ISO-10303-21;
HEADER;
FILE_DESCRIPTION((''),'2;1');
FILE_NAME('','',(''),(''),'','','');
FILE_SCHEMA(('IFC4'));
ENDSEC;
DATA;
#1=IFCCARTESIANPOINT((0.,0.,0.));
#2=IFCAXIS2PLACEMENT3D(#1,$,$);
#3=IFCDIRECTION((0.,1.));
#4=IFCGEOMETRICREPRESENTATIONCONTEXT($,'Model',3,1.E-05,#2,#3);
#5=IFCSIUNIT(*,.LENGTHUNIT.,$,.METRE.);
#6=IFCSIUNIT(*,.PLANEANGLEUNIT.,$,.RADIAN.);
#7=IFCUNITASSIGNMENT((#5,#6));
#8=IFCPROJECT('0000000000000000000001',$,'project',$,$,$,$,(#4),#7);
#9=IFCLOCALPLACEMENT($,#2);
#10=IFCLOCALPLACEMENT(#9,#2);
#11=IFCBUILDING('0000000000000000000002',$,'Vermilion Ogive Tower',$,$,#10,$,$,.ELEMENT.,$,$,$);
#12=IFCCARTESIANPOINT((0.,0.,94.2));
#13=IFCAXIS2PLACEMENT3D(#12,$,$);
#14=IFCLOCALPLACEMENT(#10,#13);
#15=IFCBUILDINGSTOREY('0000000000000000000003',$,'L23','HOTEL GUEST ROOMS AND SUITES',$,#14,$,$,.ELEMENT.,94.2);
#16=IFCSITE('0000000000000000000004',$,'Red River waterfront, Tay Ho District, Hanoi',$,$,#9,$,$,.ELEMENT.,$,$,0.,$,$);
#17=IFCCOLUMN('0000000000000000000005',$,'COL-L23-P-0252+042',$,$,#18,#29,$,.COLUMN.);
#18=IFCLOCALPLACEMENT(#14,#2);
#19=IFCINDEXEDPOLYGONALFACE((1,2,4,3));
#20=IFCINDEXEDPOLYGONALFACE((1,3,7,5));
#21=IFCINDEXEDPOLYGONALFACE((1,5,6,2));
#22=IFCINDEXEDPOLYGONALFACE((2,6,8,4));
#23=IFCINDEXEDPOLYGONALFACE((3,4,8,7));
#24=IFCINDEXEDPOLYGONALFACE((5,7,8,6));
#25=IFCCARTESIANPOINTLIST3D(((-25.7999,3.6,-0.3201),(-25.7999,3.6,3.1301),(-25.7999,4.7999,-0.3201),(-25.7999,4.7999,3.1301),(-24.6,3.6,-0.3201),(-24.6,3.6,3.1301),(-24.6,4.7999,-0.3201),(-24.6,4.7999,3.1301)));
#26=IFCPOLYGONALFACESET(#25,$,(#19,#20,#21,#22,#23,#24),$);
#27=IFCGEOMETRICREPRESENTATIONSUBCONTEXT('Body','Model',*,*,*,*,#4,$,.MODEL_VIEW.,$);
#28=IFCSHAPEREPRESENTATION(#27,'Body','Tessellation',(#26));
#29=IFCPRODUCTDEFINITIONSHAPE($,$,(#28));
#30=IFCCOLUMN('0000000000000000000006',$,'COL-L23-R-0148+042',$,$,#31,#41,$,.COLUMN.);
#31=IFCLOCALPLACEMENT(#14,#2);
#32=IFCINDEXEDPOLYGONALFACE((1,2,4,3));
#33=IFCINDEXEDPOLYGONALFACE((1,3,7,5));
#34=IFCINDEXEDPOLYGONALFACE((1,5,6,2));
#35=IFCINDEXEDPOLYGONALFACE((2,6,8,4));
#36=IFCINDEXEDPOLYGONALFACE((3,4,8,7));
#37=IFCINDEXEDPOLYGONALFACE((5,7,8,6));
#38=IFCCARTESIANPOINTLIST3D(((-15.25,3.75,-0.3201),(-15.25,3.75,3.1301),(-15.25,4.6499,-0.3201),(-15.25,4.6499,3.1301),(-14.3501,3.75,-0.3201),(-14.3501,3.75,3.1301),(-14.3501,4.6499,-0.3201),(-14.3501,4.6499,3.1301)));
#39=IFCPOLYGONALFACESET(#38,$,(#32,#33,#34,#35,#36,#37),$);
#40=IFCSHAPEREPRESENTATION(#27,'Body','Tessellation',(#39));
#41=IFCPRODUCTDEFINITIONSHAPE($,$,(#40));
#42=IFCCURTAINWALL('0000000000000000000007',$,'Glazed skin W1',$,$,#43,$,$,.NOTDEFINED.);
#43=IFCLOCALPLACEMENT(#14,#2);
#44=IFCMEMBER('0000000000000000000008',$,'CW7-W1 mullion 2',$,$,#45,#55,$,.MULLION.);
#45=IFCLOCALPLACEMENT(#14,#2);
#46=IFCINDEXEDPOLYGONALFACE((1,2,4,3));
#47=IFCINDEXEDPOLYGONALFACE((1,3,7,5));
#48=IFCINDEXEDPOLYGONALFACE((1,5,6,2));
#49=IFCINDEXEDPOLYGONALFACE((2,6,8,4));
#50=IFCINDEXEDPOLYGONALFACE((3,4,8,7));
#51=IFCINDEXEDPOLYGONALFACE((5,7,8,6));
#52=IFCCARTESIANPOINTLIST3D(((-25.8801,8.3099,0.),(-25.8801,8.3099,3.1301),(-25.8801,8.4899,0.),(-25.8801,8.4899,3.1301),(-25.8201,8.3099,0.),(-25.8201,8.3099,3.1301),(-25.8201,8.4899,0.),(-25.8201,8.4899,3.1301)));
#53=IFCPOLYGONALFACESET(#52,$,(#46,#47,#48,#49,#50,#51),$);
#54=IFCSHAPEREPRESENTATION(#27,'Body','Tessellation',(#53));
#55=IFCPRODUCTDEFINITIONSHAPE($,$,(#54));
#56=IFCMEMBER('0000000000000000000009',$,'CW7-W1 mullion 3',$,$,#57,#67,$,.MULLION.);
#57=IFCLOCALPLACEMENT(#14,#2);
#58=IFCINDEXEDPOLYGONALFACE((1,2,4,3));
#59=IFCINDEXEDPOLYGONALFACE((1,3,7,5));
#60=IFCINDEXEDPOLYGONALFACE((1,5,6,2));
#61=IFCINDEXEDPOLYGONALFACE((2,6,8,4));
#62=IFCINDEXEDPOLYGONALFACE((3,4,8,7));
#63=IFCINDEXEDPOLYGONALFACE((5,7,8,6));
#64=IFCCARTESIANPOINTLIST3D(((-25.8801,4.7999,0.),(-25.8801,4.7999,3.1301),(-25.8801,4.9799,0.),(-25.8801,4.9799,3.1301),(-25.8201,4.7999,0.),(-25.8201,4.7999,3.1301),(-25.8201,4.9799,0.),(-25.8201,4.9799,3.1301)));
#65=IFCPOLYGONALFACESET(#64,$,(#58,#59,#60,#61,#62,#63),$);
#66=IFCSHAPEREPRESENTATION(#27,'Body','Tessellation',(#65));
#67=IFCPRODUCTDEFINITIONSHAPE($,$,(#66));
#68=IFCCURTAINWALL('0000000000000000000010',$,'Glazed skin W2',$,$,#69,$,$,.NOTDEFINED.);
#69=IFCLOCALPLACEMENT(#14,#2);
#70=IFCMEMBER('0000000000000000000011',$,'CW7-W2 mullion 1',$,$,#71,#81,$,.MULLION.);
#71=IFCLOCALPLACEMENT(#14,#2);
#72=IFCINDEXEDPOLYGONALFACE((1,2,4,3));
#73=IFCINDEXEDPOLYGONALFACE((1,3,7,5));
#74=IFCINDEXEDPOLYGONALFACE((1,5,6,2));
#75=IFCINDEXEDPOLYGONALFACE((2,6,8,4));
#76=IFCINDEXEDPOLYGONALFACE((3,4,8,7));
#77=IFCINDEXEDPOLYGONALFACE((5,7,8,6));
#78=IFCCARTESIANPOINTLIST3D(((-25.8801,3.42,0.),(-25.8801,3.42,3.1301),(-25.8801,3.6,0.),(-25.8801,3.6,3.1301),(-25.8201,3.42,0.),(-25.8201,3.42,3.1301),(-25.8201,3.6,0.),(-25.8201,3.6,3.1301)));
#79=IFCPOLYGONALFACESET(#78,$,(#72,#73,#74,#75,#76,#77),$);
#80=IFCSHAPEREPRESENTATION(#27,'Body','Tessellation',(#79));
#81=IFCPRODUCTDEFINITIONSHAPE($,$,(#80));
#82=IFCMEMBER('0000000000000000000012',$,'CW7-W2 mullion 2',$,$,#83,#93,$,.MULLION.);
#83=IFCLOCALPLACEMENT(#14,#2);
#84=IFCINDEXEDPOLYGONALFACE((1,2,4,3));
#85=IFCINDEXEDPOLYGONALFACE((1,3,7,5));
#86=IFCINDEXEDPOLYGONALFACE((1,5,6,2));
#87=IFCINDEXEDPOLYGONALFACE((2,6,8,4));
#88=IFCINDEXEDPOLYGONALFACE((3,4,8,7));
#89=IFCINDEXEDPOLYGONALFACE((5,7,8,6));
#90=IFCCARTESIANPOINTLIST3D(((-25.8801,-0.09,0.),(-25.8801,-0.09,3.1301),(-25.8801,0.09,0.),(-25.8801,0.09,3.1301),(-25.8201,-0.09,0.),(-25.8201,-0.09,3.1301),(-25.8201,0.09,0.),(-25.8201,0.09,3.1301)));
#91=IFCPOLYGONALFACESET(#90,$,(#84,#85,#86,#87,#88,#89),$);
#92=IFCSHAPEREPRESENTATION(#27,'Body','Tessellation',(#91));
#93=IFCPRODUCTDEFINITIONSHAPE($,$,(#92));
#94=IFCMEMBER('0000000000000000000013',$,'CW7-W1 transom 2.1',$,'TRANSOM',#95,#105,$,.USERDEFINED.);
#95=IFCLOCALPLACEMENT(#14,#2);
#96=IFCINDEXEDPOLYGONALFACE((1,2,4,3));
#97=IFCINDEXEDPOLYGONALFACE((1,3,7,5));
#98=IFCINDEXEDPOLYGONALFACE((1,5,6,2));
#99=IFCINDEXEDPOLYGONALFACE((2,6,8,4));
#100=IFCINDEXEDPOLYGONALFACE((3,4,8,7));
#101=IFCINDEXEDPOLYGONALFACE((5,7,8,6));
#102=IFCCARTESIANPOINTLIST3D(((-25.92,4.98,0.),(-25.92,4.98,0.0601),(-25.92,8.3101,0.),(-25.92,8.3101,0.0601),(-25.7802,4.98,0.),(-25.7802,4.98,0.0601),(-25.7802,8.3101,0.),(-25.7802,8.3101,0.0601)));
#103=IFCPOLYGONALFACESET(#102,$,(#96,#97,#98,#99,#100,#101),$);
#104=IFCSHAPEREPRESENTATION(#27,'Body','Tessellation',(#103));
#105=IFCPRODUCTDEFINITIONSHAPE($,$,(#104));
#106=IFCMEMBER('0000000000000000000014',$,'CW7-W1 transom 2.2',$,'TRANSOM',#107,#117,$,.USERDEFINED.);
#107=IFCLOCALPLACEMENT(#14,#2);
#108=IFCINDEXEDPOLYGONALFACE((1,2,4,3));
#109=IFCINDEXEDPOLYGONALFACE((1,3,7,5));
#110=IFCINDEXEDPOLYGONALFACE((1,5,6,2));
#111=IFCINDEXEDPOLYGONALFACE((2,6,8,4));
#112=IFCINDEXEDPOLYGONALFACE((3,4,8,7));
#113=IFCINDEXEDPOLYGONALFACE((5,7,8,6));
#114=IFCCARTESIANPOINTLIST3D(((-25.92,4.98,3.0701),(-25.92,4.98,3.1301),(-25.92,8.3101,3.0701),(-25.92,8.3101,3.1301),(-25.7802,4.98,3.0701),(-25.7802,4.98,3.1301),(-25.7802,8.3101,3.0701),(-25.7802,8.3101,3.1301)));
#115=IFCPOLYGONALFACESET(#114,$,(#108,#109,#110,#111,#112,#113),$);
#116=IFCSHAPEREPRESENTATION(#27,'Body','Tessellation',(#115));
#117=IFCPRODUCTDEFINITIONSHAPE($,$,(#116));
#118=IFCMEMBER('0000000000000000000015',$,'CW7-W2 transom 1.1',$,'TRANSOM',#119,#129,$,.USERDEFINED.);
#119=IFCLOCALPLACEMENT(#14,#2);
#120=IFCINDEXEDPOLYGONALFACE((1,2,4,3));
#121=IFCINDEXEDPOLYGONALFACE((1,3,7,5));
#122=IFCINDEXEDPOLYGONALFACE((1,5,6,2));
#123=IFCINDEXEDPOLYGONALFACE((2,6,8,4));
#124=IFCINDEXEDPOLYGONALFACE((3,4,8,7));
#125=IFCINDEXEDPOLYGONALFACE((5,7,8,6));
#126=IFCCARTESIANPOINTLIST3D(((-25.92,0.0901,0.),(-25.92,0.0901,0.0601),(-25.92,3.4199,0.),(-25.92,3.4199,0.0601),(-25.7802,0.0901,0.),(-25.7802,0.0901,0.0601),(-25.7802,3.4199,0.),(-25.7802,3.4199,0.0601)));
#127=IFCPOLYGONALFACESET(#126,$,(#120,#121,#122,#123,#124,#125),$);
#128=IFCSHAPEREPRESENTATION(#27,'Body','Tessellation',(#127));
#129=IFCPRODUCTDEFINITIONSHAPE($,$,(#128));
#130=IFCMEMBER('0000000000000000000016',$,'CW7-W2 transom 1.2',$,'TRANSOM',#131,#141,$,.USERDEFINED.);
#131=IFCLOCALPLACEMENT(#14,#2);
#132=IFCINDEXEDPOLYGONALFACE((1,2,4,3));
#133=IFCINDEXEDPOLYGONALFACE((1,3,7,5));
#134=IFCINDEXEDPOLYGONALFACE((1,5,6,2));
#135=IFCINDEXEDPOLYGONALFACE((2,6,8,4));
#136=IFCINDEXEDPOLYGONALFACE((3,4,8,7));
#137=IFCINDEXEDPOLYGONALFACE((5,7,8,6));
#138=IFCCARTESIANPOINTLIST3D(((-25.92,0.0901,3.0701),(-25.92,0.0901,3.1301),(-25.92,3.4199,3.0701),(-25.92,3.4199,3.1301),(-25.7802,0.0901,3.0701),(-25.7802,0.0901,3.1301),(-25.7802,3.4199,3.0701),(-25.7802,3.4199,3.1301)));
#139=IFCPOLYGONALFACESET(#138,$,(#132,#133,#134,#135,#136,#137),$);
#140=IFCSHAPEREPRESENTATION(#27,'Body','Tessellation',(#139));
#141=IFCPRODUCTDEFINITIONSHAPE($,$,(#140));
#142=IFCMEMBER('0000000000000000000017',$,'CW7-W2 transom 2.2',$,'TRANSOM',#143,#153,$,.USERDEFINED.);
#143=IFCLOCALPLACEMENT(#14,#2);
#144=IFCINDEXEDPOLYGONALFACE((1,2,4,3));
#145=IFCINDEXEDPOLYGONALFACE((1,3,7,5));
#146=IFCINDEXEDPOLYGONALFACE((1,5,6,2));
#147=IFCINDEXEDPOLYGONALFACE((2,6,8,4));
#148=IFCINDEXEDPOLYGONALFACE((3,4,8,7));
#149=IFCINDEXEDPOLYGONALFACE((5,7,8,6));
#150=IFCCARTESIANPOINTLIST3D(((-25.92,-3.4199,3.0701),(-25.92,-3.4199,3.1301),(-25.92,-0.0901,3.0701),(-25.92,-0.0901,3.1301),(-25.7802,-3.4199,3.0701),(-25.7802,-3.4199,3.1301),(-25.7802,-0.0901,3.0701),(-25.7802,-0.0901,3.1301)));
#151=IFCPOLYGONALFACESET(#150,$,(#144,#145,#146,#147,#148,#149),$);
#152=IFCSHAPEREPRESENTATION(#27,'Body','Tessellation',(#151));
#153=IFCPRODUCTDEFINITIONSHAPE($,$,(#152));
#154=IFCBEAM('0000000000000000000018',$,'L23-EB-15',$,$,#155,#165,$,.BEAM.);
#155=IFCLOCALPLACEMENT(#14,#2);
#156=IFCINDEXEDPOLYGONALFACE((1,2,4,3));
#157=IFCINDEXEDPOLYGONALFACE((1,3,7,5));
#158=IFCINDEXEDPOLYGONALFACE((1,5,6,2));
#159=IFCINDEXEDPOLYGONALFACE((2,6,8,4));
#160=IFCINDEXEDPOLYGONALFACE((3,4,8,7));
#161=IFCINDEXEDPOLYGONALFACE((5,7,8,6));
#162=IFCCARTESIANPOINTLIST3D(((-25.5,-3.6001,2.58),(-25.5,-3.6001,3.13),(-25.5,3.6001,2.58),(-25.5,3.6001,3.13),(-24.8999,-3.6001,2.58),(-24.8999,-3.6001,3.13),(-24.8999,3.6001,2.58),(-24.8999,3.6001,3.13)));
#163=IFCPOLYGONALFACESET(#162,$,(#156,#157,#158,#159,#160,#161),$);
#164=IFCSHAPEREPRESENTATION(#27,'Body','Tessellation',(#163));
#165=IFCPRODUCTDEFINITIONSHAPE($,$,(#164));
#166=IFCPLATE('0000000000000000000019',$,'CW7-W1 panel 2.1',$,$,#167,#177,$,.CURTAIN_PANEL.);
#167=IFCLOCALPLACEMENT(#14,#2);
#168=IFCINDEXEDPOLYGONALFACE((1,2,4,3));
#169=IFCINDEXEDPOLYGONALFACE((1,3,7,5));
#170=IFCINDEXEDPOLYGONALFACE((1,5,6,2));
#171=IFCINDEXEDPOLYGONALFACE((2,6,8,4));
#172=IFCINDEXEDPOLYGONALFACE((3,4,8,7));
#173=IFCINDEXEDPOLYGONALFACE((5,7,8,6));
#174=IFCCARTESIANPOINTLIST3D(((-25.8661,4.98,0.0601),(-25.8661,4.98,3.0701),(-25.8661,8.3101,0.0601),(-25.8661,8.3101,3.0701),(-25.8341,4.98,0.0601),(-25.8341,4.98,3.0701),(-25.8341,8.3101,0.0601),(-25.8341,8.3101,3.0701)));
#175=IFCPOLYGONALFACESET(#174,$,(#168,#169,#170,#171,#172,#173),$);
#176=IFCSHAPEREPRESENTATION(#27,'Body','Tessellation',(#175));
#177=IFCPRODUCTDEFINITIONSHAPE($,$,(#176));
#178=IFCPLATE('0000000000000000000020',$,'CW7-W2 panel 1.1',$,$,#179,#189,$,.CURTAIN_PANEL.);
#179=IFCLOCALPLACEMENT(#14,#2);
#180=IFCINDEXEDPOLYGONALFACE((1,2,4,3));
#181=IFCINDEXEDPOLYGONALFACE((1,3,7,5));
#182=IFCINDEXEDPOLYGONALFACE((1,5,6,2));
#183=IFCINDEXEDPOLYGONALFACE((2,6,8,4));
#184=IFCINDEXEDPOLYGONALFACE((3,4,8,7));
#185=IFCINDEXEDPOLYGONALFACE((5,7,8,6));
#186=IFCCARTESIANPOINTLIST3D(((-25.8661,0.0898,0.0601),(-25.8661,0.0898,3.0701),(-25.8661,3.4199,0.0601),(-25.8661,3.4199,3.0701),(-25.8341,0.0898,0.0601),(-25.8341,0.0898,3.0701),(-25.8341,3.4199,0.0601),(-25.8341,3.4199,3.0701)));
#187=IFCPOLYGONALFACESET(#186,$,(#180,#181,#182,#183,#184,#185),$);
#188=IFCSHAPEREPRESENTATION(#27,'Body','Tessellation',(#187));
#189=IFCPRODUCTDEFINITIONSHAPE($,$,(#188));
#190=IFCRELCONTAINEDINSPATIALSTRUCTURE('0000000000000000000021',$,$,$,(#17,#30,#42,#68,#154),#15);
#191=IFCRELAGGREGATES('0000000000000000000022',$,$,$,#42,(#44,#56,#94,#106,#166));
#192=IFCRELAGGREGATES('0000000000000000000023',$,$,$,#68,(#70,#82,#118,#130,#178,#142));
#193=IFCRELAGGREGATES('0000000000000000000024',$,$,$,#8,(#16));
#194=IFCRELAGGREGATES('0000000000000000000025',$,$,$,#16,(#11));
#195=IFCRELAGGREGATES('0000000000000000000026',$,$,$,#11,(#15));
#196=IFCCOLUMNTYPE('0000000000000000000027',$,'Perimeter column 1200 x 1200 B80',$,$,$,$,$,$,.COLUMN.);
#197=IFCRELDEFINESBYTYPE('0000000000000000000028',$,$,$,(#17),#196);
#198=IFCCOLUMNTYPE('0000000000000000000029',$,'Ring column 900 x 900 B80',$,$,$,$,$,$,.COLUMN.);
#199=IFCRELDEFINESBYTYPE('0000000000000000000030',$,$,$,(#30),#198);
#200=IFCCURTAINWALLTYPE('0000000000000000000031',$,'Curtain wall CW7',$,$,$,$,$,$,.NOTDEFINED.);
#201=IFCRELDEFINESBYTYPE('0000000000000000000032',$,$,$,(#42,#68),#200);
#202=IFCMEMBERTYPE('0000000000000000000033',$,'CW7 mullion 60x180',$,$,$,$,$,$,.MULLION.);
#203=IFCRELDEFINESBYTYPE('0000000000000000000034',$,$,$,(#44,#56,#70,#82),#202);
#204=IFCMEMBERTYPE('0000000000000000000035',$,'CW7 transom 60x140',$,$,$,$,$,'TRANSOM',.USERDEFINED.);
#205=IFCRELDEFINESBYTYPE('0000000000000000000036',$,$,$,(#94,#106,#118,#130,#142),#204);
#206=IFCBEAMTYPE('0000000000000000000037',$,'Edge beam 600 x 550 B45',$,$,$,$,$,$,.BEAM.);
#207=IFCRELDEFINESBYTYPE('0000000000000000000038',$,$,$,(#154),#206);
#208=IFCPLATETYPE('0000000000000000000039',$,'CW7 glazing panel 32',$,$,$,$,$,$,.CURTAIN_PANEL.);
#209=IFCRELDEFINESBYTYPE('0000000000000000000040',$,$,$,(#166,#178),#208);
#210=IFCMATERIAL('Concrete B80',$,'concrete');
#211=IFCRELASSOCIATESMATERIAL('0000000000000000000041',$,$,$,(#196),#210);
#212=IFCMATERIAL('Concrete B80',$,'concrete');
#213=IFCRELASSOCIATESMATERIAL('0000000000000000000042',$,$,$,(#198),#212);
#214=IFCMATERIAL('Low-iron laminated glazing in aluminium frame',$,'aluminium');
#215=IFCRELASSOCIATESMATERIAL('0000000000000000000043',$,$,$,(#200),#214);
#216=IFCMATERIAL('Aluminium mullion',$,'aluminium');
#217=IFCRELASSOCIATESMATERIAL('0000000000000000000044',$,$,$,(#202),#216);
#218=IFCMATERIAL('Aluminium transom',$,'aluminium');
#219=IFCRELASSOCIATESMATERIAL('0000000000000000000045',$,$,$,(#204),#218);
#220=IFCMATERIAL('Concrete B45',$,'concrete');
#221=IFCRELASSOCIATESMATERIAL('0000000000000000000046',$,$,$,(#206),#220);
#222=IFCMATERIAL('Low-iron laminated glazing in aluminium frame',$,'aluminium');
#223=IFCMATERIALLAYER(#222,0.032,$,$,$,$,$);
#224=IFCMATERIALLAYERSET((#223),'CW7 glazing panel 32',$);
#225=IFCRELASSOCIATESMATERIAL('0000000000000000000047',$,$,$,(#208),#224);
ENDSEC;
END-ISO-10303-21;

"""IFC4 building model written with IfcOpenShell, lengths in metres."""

from ifc_helpers import new_model, si_unit, direction, frame, origin, origin_2d, place, context, subcontext, project, spatial, rectangle, extrude, material, layer, layer_set, material_profile, profile_set, type_object, element, aggregate, save


model = new_model("IFC4")

# Units and contexts
model_context = context("Model", 3, precision=1e-05, world=origin(), true_north=direction((0.0, 1.0)))
body_context = subcontext(model_context, "Body", "Model", "MODEL_VIEW")
ifc_project = project(units=[si_unit("LENGTHUNIT", "METRE"), si_unit("PLANEANGLEUNIT", "RADIAN")], contexts=[model_context])

# Site, building, storey
site_placement = place(None, origin())
site = spatial("IfcSite", under=ifc_project, at=site_placement, Name="Red River waterfront, Tay Ho District, Hanoi", CompositionType="ELEMENT", RefElevation=0.0)
building_placement = place(site_placement, origin())
building = spatial("IfcBuilding", under=site, at=building_placement, Name="Vermilion Ogive Tower", CompositionType="ELEMENT")
storey_placement = place(building_placement, frame((0.0, 0.0, 94.2)))
storey = spatial("IfcBuildingStorey", under=building, at=storey_placement, Name="L23", Description="HOTEL GUEST ROOMS AND SUITES", CompositionType="ELEMENT", Elevation=94.2)

# Columns
ifc_material_1 = material(Name="Concrete B80", Category="concrete")
ifc_material_profile_1 = material_profile(ifc_material_1, rectangle(XDim=1.2, YDim=1.2, at=origin_2d()), Name="1200 x 1200")
ifc_profile_set_1 = profile_set([ifc_material_profile_1], Name="Concrete B80")
column_type_1 = type_object("IfcColumnType", Name="Perimeter column 1200 x 1200 B80", PredefinedType="COLUMN", material=ifc_profile_set_1)
column_1_placement = place(storey_placement, frame((-25.2, 4.2, -0.3201), z_axis=(0.0, 0.0, 1.0), x_axis=(1.0, 0.0, 0.0)))
element("IfcColumn", 1, at=column_1_placement, inside=storey, type_object=column_type_1, Name="COL-L23-P-0252+042", PredefinedType="COLUMN", context=body_context, shape_type="SweptSolid", body=[
    extrude(rectangle(XDim=1.2, YDim=1.2, at=origin_2d()), origin(), (0.0, 0.0, 1.0), 3.4502),
])
ifc_material_2 = material(Name="Concrete B80", Category="concrete")
ifc_material_profile_2 = material_profile(ifc_material_2, rectangle(XDim=0.8999, YDim=0.8999, at=origin_2d()), Name="900 x 900")
ifc_profile_set_2 = profile_set([ifc_material_profile_2], Name="Concrete B80")
column_type_2 = type_object("IfcColumnType", Name="Ring column 900 x 900 B80", PredefinedType="COLUMN", material=ifc_profile_set_2)
column_2_placement = place(storey_placement, frame((-14.8, 4.2, -0.3201), z_axis=(0.0, 0.0, 1.0), x_axis=(1.0, 0.0, 0.0)))
element("IfcColumn", 2, at=column_2_placement, inside=storey, type_object=column_type_2, Name="COL-L23-R-0148+042", PredefinedType="COLUMN", context=body_context, shape_type="SweptSolid", body=[
    extrude(rectangle(XDim=0.8999, YDim=0.8999, at=origin_2d()), origin(), (0.0, 0.0, 1.0), 3.4502),
])

# Curtain walls, members
ifc_material_3 = material(Name="Low-iron laminated glazing in aluminium frame", Category="aluminium")
curtain_wall_type = type_object("IfcCurtainWallType", Name="Curtain wall CW7", PredefinedType="NOTDEFINED", material=ifc_material_3)
curtain_wall_1_placement = place(storey_placement, origin())
curtain_wall_1 = element("IfcCurtainWall", 3, at=curtain_wall_1_placement, inside=storey, type_object=curtain_wall_type, Name="Glazed skin W1", PredefinedType="NOTDEFINED")
ifc_material_4 = material(Name="Aluminium mullion", Category="aluminium")
ifc_material_profile_3 = material_profile(ifc_material_4, rectangle(XDim=0.0601, YDim=0.1799, at=origin_2d()), Name="AL 60x180")
ifc_profile_set_3 = profile_set([ifc_material_profile_3], Name="Aluminium mullion")
member_type_1 = type_object("IfcMemberType", Name="CW7 mullion 60x180", PredefinedType="MULLION", material=ifc_profile_set_3)
member_1_placement = place(storey_placement, frame((-25.8501, 8.3999, 0.0), z_axis=(0.0, 0.0, 1.0), x_axis=(1.0, 0.0, 0.0)))
member_1 = element("IfcMember", 4, at=member_1_placement, type_object=member_type_1, Name="CW7-W1 mullion 2", PredefinedType="MULLION", context=body_context, shape_type="SweptSolid", body=[
    extrude(rectangle(XDim=0.0601, YDim=0.1799, at=origin_2d()), origin(), (0.0, 0.0, 1.0), 3.1301),
])
member_2_placement = place(storey_placement, frame((-25.8501, 4.8899, 0.0), z_axis=(0.0, 0.0, 1.0), x_axis=(1.0, 0.0, 0.0)))
member_2 = element("IfcMember", 5, at=member_2_placement, type_object=member_type_1, Name="CW7-W1 mullion 3", PredefinedType="MULLION", context=body_context, shape_type="SweptSolid", body=[
    extrude(rectangle(XDim=0.0601, YDim=0.1799, at=origin_2d()), origin(), (0.0, 0.0, 1.0), 3.1301),
])
curtain_wall_2_placement = place(storey_placement, origin())
curtain_wall_2 = element("IfcCurtainWall", 6, at=curtain_wall_2_placement, inside=storey, type_object=curtain_wall_type, Name="Glazed skin W2", PredefinedType="NOTDEFINED")
member_3_placement = place(storey_placement, frame((-25.8501, 3.51, 0.0), z_axis=(0.0, 0.0, 1.0), x_axis=(1.0, 0.0, 0.0)))
member_3 = element("IfcMember", 7, at=member_3_placement, type_object=member_type_1, Name="CW7-W2 mullion 1", PredefinedType="MULLION", context=body_context, shape_type="SweptSolid", body=[
    extrude(rectangle(XDim=0.0601, YDim=0.1799, at=origin_2d()), origin(), (0.0, 0.0, 1.0), 3.1301),
])
member_4_placement = place(storey_placement, frame((-25.8501, 0.0, 0.0), z_axis=(0.0, 0.0, 1.0), x_axis=(1.0, 0.0, 0.0)))
member_4 = element("IfcMember", 8, at=member_4_placement, type_object=member_type_1, Name="CW7-W2 mullion 2", PredefinedType="MULLION", context=body_context, shape_type="SweptSolid", body=[
    extrude(rectangle(XDim=0.0601, YDim=0.1799, at=origin_2d()), origin(), (0.0, 0.0, 1.0), 3.1301),
])

# Members
ifc_material_5 = material(Name="Aluminium transom", Category="aluminium")
ifc_material_profile_4 = material_profile(ifc_material_5, rectangle(XDim=0.1399, YDim=0.0601, at=origin_2d()), Name="AL 60x140")
ifc_profile_set_4 = profile_set([ifc_material_profile_4], Name="Aluminium transom")
member_type_2 = type_object("IfcMemberType", Name="CW7 transom 60x140", ElementType="TRANSOM", PredefinedType="USERDEFINED", material=ifc_profile_set_4)
member_5_placement = place(storey_placement, frame((-25.8501, 8.3101, 0.03), z_axis=(0.0, -1.0, 0.0), x_axis=(1.0, 0.0, 0.0)))
member_5 = element("IfcMember", 9, at=member_5_placement, type_object=member_type_2, Name="CW7-W1 transom 2.1", ObjectType="TRANSOM", PredefinedType="USERDEFINED", context=body_context, shape_type="SweptSolid", body=[
    extrude(rectangle(XDim=0.1399, YDim=0.0601, at=origin_2d()), origin(), (0.0, 0.0, 1.0), 3.3301),
])
member_6_placement = place(storey_placement, frame((-25.8501, 8.3101, 3.1001), z_axis=(0.0, -1.0, 0.0), x_axis=(1.0, 0.0, 0.0)))
member_6 = element("IfcMember", 10, at=member_6_placement, type_object=member_type_2, Name="CW7-W1 transom 2.2", ObjectType="TRANSOM", PredefinedType="USERDEFINED", context=body_context, shape_type="SweptSolid", body=[
    extrude(rectangle(XDim=0.1399, YDim=0.0601, at=origin_2d()), origin(), (0.0, 0.0, 1.0), 3.3301),
])
member_7_placement = place(storey_placement, frame((-25.8501, 3.4199, 0.03), z_axis=(0.0, -1.0, 0.0), x_axis=(1.0, 0.0, 0.0)))
member_7 = element("IfcMember", 11, at=member_7_placement, type_object=member_type_2, Name="CW7-W2 transom 1.1", ObjectType="TRANSOM", PredefinedType="USERDEFINED", context=body_context, shape_type="SweptSolid", body=[
    extrude(rectangle(XDim=0.1399, YDim=0.0601, at=origin_2d()), origin(), (0.0, 0.0, 1.0), 3.3298),
])
member_8_placement = place(storey_placement, frame((-25.8501, 3.4199, 3.1001), z_axis=(0.0, -1.0, 0.0), x_axis=(1.0, 0.0, 0.0)))
member_8 = element("IfcMember", 12, at=member_8_placement, type_object=member_type_2, Name="CW7-W2 transom 1.2", ObjectType="TRANSOM", PredefinedType="USERDEFINED", context=body_context, shape_type="SweptSolid", body=[
    extrude(rectangle(XDim=0.1399, YDim=0.0601, at=origin_2d()), origin(), (0.0, 0.0, 1.0), 3.3298),
])
member_9_placement = place(storey_placement, frame((-25.8501, -0.0901, 3.1001), z_axis=(0.0, -1.0, 0.0), x_axis=(1.0, 0.0, 0.0)))
member_9 = element("IfcMember", 13, at=member_9_placement, type_object=member_type_2, Name="CW7-W2 transom 2.2", ObjectType="TRANSOM", PredefinedType="USERDEFINED", context=body_context, shape_type="SweptSolid", body=[
    extrude(rectangle(XDim=0.1399, YDim=0.0601, at=origin_2d()), origin(), (0.0, 0.0, 1.0), 3.3298),
])

# Beam
ifc_material_6 = material(Name="Concrete B45", Category="concrete")
ifc_material_profile_5 = material_profile(ifc_material_6, rectangle(XDim=0.6001, YDim=0.55, at=origin_2d()), Name="600 x 550")
ifc_profile_set_5 = profile_set([ifc_material_profile_5], Name="Concrete B45")
beam_type = type_object("IfcBeamType", Name="Edge beam 600 x 550 B45", PredefinedType="BEAM", material=ifc_profile_set_5)
beam_placement = place(storey_placement, frame((-25.2, 3.6001, 2.855), z_axis=(0.0, -1.0, 0.0), x_axis=(1.0, 0.0, 0.0)))
element("IfcBeam", 14, at=beam_placement, inside=storey, type_object=beam_type, Name="L23-EB-15", PredefinedType="BEAM", context=body_context, shape_type="SweptSolid", body=[
    extrude(rectangle(XDim=0.6001, YDim=0.55, at=origin_2d()), origin(), (0.0, 0.0, 1.0), 7.2002),
])

# Plates
ifc_material_7 = material(Name="Low-iron laminated glazing in aluminium frame", Category="aluminium")
ifc_layer_1 = layer(ifc_material_7, 0.032)
ifc_layer_set_1 = layer_set([ifc_layer_1], Name="CW7 glazing panel 32")
plate_type = type_object("IfcPlateType", Name="CW7 glazing panel 32", PredefinedType="CURTAIN_PANEL", material=ifc_layer_set_1)
plate_1_placement = place(storey_placement, frame((-25.8501, 6.645, 0.0601), z_axis=(0.0, 0.0, 1.0), x_axis=(0.0, -1.0, 0.0)))
plate_1 = element("IfcPlate", 15, at=plate_1_placement, type_object=plate_type, Name="CW7-W1 panel 2.1", PredefinedType="CURTAIN_PANEL", context=body_context, shape_type="SweptSolid", body=[
    extrude(rectangle(XDim=3.3301, YDim=0.032, at=origin_2d()), origin(), (0.0, 0.0, 1.0), 3.01),
])
aggregate(curtain_wall_1, [member_1, member_2, member_5, member_6, plate_1])
plate_2_placement = place(storey_placement, frame((-25.8501, 1.7549, 0.0601), z_axis=(0.0, 0.0, 1.0), x_axis=(0.0, -1.0, 0.0)))
plate_2 = element("IfcPlate", 16, at=plate_2_placement, type_object=plate_type, Name="CW7-W2 panel 1.1", PredefinedType="CURTAIN_PANEL", context=body_context, shape_type="SweptSolid", body=[
    extrude(rectangle(XDim=3.3301, YDim=0.032, at=origin_2d()), origin(), (0.0, 0.0, 1.0), 3.01),
])
aggregate(curtain_wall_2, [member_3, member_4, member_7, member_8, plate_2, member_9])

save(model, "model.ifc")
